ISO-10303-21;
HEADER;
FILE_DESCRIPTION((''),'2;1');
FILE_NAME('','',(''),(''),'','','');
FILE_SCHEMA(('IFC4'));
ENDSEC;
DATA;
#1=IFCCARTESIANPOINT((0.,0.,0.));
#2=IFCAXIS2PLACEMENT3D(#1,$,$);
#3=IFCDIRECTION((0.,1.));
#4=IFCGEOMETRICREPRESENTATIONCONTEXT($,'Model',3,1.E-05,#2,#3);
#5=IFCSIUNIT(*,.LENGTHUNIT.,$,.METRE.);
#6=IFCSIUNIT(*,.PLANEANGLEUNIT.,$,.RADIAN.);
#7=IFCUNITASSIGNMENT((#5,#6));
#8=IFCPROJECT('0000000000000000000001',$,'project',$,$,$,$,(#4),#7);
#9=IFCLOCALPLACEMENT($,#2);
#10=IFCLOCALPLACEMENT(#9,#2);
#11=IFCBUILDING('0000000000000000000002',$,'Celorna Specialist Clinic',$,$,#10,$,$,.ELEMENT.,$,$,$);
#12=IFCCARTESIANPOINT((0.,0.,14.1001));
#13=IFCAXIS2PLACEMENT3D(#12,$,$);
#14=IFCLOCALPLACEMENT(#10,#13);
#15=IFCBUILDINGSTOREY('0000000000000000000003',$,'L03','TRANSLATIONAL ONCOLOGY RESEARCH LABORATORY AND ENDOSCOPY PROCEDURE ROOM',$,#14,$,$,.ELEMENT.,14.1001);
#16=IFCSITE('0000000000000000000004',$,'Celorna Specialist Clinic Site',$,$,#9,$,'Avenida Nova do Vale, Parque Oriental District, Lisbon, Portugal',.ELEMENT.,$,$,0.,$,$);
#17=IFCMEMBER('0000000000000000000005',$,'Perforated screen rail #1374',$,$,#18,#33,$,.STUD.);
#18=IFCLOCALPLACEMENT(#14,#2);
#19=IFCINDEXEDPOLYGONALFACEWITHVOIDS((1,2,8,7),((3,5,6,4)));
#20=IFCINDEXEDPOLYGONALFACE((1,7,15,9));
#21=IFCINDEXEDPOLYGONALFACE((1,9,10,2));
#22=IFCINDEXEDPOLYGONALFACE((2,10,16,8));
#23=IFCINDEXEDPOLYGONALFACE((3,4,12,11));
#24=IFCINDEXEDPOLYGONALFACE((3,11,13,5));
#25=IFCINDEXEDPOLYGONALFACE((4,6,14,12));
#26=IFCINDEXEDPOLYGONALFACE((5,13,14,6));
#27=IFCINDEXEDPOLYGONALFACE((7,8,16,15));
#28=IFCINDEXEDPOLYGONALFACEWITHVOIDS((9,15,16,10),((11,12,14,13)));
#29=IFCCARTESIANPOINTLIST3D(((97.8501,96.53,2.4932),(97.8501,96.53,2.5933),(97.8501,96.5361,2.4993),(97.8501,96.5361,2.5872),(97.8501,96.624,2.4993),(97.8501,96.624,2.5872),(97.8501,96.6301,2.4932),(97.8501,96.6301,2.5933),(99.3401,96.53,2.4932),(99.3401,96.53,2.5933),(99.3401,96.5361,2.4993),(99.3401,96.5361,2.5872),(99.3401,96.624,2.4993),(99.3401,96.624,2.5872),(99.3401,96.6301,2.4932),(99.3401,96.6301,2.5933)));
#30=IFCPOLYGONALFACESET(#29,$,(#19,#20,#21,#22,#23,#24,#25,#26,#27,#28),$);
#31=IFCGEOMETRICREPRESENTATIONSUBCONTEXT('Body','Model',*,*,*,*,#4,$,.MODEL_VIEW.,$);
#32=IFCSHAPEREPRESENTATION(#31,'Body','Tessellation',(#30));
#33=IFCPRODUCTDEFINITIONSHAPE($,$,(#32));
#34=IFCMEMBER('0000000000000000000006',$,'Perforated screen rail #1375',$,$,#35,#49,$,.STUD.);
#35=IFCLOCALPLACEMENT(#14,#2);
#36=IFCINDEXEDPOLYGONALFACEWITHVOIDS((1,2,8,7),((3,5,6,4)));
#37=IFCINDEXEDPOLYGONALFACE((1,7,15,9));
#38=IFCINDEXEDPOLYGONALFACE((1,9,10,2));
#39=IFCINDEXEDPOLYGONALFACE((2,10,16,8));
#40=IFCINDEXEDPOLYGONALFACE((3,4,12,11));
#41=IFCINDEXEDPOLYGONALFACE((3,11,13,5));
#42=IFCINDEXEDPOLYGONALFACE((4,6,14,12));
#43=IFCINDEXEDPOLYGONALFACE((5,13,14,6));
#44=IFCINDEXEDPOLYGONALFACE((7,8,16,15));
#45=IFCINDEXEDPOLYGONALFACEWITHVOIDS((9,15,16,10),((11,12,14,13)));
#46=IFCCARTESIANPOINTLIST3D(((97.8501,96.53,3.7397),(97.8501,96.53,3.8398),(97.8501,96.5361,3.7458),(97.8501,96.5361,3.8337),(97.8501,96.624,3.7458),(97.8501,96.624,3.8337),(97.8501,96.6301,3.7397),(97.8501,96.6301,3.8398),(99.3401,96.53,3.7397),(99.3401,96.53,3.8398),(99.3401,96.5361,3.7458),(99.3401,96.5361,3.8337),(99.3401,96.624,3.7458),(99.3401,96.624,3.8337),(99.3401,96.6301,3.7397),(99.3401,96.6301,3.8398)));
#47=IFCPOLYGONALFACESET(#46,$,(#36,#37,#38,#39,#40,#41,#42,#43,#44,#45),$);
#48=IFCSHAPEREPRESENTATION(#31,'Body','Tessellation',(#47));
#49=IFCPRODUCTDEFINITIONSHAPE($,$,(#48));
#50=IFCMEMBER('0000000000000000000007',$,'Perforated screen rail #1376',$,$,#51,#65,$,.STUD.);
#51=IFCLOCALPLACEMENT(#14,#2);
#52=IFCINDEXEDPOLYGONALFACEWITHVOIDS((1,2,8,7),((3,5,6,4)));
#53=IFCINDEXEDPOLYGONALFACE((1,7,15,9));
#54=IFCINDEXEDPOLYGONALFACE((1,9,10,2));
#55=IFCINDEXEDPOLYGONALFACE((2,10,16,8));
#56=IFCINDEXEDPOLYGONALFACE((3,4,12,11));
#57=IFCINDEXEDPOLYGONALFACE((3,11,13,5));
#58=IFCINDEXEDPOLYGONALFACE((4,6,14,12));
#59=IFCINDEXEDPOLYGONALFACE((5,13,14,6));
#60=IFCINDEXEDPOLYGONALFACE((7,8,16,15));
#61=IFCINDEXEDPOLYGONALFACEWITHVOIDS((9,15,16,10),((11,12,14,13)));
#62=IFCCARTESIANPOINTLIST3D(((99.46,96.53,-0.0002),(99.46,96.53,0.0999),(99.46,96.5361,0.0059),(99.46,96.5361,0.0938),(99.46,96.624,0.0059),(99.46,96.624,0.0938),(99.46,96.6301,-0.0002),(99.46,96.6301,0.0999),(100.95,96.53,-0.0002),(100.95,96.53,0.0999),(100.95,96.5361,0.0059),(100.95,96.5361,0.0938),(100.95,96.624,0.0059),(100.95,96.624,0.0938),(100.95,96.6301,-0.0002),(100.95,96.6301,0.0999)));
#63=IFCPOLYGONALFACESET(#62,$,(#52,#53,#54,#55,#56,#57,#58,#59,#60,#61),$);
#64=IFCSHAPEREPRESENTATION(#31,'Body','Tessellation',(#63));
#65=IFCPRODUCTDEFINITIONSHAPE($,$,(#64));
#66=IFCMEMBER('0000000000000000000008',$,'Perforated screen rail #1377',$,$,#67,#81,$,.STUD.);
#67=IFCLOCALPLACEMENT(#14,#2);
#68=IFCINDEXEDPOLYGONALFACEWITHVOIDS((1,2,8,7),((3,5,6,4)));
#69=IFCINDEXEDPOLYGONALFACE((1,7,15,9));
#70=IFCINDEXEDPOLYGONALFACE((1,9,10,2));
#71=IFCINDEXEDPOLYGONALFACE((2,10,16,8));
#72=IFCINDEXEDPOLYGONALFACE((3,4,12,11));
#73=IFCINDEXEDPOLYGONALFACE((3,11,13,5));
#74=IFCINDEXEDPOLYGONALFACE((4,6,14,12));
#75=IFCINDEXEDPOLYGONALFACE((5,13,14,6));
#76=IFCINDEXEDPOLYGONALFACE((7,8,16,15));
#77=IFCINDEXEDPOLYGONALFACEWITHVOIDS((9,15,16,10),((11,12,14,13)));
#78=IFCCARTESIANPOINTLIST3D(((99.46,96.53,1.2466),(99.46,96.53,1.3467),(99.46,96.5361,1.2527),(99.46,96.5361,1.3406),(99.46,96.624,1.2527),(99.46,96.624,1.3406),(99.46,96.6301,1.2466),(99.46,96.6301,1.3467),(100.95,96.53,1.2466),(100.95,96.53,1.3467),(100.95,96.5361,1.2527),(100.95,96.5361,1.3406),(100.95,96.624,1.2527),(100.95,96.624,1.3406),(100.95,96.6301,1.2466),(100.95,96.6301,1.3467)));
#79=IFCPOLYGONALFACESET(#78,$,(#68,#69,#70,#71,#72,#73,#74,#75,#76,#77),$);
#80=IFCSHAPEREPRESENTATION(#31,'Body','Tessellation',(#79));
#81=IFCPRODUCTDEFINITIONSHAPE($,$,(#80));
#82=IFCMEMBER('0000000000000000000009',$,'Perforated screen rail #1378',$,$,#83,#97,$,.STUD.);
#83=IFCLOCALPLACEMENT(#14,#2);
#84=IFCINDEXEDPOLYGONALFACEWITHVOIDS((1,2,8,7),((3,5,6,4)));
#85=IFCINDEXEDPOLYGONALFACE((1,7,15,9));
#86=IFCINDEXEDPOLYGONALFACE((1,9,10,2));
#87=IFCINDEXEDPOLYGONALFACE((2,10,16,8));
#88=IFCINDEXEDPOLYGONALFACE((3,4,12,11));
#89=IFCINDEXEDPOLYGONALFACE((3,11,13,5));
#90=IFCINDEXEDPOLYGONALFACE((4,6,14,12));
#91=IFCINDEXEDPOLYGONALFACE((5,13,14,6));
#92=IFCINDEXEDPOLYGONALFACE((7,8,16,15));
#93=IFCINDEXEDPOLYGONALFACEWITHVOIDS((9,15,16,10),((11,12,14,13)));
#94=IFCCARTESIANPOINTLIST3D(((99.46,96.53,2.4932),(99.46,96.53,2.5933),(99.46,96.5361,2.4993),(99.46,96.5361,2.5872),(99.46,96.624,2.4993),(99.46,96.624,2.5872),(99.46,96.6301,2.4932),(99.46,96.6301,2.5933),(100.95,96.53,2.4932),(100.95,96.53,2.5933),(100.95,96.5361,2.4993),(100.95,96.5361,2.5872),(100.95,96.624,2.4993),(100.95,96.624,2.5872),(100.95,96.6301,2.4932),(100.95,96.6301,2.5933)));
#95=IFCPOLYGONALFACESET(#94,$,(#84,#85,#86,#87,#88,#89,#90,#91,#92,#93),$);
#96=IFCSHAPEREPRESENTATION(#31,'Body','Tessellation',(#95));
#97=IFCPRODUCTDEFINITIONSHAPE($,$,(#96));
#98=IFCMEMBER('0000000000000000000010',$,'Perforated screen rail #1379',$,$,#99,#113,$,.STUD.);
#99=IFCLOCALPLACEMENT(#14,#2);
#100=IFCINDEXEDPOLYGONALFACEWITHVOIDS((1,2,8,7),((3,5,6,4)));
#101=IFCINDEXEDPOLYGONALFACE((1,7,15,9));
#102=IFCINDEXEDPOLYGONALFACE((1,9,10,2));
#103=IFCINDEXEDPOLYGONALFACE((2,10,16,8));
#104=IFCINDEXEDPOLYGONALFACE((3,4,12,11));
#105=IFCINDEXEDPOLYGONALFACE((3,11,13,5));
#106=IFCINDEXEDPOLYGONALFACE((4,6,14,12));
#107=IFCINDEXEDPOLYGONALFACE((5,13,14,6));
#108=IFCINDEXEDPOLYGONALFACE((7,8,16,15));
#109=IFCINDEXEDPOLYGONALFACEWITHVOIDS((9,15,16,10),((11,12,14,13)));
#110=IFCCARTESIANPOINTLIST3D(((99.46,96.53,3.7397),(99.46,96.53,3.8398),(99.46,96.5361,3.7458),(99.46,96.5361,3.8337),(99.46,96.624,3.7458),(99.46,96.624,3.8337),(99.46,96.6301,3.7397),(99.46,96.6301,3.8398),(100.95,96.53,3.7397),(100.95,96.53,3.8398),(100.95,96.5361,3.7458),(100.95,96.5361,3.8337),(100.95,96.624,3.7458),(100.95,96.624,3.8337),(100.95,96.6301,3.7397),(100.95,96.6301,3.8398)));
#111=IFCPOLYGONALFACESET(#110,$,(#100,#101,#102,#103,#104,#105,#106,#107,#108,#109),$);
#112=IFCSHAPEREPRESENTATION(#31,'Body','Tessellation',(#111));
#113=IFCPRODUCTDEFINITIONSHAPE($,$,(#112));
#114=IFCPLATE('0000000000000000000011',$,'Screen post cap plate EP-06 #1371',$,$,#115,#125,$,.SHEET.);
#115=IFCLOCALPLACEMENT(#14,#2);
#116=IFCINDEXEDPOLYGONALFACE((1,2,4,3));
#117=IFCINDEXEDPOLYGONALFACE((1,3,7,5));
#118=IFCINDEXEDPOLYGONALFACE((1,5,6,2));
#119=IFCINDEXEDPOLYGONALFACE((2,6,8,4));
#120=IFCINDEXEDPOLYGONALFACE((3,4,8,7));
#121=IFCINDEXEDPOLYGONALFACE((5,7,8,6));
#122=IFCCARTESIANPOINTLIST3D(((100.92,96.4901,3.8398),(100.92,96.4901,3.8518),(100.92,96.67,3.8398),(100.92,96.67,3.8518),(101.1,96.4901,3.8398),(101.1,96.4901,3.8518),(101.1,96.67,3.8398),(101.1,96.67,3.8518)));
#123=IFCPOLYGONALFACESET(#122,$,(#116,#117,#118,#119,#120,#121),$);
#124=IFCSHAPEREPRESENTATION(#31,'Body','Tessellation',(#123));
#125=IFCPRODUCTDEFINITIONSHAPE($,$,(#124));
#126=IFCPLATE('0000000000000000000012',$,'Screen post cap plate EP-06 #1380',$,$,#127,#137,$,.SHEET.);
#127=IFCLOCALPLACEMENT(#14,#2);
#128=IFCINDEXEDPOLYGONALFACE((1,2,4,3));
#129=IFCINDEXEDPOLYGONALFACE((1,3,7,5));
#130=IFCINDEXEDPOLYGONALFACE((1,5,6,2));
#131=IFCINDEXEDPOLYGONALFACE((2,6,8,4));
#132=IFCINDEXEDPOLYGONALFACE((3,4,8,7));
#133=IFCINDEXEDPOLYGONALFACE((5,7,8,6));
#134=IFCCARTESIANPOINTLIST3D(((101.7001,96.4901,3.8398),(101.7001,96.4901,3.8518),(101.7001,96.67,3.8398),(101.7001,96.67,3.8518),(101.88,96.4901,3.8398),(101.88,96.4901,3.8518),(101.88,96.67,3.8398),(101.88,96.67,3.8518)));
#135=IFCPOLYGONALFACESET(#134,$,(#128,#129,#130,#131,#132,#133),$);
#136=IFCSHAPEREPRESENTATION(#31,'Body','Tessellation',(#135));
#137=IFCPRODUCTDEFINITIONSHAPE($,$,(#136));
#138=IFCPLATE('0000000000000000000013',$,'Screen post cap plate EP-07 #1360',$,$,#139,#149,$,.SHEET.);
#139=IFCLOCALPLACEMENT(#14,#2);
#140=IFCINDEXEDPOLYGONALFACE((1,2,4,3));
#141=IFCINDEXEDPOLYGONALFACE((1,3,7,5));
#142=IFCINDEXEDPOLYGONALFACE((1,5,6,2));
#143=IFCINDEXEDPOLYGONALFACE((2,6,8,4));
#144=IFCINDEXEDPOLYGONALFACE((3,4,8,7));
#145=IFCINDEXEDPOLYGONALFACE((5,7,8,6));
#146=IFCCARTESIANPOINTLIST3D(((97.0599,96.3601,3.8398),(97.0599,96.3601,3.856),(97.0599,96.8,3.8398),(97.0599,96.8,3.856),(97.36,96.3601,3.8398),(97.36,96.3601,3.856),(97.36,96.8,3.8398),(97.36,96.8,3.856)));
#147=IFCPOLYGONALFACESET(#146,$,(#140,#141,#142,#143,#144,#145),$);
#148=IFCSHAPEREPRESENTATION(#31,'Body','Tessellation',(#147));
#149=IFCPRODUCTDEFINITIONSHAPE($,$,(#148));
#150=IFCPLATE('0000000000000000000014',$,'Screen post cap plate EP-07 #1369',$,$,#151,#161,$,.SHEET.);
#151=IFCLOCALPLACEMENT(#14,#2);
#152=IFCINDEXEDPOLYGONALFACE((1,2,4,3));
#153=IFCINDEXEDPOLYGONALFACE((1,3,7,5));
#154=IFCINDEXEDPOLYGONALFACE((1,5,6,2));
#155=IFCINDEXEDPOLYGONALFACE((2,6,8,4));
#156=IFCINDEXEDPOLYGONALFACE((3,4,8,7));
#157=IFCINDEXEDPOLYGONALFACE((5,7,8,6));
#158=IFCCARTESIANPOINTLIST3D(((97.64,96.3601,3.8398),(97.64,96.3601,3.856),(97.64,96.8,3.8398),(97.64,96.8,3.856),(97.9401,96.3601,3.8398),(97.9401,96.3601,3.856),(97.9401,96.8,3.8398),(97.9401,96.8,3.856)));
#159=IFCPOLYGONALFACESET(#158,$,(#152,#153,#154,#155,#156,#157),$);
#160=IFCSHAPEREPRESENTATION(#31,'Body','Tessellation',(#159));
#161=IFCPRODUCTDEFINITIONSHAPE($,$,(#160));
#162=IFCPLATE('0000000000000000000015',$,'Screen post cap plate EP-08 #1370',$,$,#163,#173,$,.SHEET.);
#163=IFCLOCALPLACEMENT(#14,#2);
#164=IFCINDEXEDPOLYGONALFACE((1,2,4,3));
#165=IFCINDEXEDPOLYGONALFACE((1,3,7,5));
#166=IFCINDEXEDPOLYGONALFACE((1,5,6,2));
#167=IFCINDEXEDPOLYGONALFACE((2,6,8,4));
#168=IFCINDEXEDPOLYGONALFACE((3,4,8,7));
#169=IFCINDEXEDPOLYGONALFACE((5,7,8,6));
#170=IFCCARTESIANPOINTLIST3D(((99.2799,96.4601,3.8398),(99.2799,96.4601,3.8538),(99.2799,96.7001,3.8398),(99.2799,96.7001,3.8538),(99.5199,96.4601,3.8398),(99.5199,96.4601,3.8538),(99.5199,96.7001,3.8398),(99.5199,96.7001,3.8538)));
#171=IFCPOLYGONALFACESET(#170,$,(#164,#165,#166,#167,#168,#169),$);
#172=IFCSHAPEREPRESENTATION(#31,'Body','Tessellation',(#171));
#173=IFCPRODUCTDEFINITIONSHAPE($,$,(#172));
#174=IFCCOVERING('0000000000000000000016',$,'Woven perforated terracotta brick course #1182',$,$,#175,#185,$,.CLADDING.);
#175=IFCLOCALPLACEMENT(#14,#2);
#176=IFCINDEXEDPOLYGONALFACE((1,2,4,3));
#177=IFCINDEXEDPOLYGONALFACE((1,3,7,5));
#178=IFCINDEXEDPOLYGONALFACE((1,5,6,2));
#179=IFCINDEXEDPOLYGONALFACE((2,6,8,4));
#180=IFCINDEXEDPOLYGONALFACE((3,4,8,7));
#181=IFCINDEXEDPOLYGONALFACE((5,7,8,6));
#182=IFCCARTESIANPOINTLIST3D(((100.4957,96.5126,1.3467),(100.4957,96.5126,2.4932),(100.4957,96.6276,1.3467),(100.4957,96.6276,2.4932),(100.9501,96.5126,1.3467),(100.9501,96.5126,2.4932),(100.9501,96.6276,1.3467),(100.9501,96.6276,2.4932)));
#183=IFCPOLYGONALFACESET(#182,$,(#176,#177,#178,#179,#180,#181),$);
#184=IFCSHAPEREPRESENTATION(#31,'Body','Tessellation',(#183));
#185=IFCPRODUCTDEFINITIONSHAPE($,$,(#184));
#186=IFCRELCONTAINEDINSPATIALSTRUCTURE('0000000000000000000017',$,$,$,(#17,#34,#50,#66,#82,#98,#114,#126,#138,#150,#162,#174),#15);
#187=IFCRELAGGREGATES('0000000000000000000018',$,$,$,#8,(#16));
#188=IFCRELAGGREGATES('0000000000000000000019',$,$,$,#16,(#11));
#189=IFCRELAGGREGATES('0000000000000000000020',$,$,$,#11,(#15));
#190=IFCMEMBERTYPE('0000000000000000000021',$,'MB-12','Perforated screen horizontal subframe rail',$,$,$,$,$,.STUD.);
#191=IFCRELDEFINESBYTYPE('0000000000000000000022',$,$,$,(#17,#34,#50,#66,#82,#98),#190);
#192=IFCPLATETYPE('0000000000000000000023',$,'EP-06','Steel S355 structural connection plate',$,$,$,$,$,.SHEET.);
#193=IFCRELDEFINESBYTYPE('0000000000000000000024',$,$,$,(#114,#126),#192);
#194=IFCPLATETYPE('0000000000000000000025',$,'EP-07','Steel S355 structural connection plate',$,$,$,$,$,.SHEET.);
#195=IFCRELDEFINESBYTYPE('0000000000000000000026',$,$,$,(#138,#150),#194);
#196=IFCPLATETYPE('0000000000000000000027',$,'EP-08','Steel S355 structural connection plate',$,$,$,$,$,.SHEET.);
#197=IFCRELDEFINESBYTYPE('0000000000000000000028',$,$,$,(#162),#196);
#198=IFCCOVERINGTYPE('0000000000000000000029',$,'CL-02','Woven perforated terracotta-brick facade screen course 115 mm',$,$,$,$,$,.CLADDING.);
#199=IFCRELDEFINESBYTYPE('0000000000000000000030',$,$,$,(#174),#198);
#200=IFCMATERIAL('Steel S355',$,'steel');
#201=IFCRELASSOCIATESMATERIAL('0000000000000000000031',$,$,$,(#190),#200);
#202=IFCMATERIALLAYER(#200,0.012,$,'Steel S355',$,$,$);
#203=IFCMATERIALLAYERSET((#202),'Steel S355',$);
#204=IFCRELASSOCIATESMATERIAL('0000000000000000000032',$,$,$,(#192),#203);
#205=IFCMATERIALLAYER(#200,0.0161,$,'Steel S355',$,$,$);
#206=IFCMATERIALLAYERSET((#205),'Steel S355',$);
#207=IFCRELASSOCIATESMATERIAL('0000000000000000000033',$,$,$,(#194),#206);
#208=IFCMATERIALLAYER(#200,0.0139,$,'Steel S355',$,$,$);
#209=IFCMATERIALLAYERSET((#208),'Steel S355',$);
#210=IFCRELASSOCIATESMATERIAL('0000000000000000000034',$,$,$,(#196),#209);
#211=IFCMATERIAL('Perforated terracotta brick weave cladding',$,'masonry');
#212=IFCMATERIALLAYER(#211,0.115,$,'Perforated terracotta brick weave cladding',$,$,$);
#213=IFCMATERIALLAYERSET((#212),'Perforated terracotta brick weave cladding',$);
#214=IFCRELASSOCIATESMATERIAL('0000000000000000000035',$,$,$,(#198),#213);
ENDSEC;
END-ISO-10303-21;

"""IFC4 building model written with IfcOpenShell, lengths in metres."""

from ifc_helpers import new_model, si_unit, direction, frame, origin, origin_2d, place, context, subcontext, project, spatial, rectangle, hollow_rectangle, extrude, material, layer, layer_set, material_profile, profile_set, type_object, element, save


model = new_model("IFC4")

# Units and contexts
model_context = context("Model", 3, precision=1e-05, world=origin(), true_north=direction((0.0, 1.0)))
body_context = subcontext(model_context, "Body", "Model", "MODEL_VIEW")
ifc_project = project(units=[si_unit("LENGTHUNIT", "METRE"), si_unit("PLANEANGLEUNIT", "RADIAN")], contexts=[model_context])

# Site, building, storey
site_placement = place(None, origin())
site = spatial("IfcSite", under=ifc_project, at=site_placement, Name="Celorna Specialist Clinic Site", LongName="Avenida Nova do Vale, Parque Oriental District, Lisbon, Portugal", CompositionType="ELEMENT", RefElevation=0.0)
building_placement = place(site_placement, origin())
building = spatial("IfcBuilding", under=site, at=building_placement, Name="Celorna Specialist Clinic", CompositionType="ELEMENT")
storey_placement = place(building_placement, frame((0.0, 0.0, 14.1001)))
storey = spatial("IfcBuildingStorey", under=building, at=storey_placement, Name="L03", Description="TRANSLATIONAL ONCOLOGY RESEARCH LABORATORY AND ENDOSCOPY PROCEDURE ROOM", CompositionType="ELEMENT", Elevation=14.1001)

# Shared definitions
ifc_material_1 = material(Name="Steel S355", Category="steel")

# Members
ifc_material_profile_1 = material_profile(ifc_material_1, hollow_rectangle(XDim=0.1001, YDim=0.1001, WallThickness=0.0061, at=origin_2d()), Name="SHS 100x100x6")
ifc_profile_set_1 = profile_set([ifc_material_profile_1], Name="Steel S355")
member_type_1 = type_object("IfcMemberType", Name="MB-12", Description="Perforated screen horizontal subframe rail", PredefinedType="STUD", material=ifc_profile_set_1)
for number, where, z_axis, x_axis, name in (
    (1, (97.8501, 96.5801, 2.5432), (1.0, 0.0, 0.0), (0.0, 1.0, 0.0), "Perforated screen rail #1374"),
    (2, (97.8501, 96.5801, 3.7898), (1.0, 0.0, 0.0), (0.0, 1.0, 0.0), "Perforated screen rail #1375"),
    (3, (99.46, 96.5801, 0.0498), (1.0, 0.0, 0.0), (0.0, 1.0, 0.0), "Perforated screen rail #1376"),
    (4, (99.46, 96.5801, 1.2966), (1.0, 0.0, 0.0), (0.0, 1.0, 0.0), "Perforated screen rail #1377"),
    (5, (99.46, 96.5801, 2.5432), (1.0, 0.0, 0.0), (0.0, 1.0, 0.0), "Perforated screen rail #1378"),
    (6, (99.46, 96.5801, 3.7898), (1.0, 0.0, 0.0), (0.0, 1.0, 0.0), "Perforated screen rail #1379"),
):
    element("IfcMember", number, at=place(storey_placement, frame(where, z_axis=z_axis, x_axis=x_axis)), inside=storey, type_object=member_type_1, Name=name, PredefinedType="STUD", context=body_context, shape_type="SweptSolid", body=[
        extrude(hollow_rectangle(XDim=0.1001, YDim=0.1001, WallThickness=0.0061, at=origin_2d()), origin(), (0.0, 0.0, 1.0), 1.49),
    ])

# Plates
ifc_layer_1 = layer(ifc_material_1, 0.012, Name="Steel S355")
ifc_layer_set_1 = layer_set([ifc_layer_1], Name="Steel S355")
plate_type_1 = type_object("IfcPlateType", Name="EP-06", Description="Steel S355 structural connection plate", PredefinedType="SHEET", material=ifc_layer_set_1)
for number, where, z_axis, x_axis, name in (
    (7, (101.01, 96.5801, 3.8398), (0.0, 0.0, 1.0), (1.0, 0.0, 0.0), "Screen post cap plate EP-06 #1371"),
    (8, (101.79, 96.5801, 3.8398), (0.0, 0.0, 1.0), (1.0, 0.0, 0.0), "Screen post cap plate EP-06 #1380"),
):
    element("IfcPlate", number, at=place(storey_placement, frame(where, z_axis=z_axis, x_axis=x_axis)), inside=storey, type_object=plate_type_1, Name=name, PredefinedType="SHEET", context=body_context, shape_type="SweptSolid", body=[
        extrude(rectangle(XDim=0.1799, YDim=0.1799, at=origin_2d()), origin(), (0.0, 0.0, 1.0), 0.012),
    ])
ifc_layer_2 = layer(ifc_material_1, 0.0161, Name="Steel S355")
ifc_layer_set_2 = layer_set([ifc_layer_2], Name="Steel S355")
plate_type_2 = type_object("IfcPlateType", Name="EP-07", Description="Steel S355 structural connection plate", PredefinedType="SHEET", material=ifc_layer_set_2)
for number, where, z_axis, x_axis, name in (
    (9, (97.21, 96.5801, 3.8398), (0.0, 0.0, 1.0), (1.0, 0.0, 0.0), "Screen post cap plate EP-07 #1360"),
    (10, (97.79, 96.5801, 3.8398), (0.0, 0.0, 1.0), (1.0, 0.0, 0.0), "Screen post cap plate EP-07 #1369"),
):
    element("IfcPlate", number, at=place(storey_placement, frame(where, z_axis=z_axis, x_axis=x_axis)), inside=storey, type_object=plate_type_2, Name=name, PredefinedType="SHEET", context=body_context, shape_type="SweptSolid", body=[
        extrude(rectangle(XDim=0.3, YDim=0.4399, at=origin_2d()), origin(), (0.0, 0.0, 1.0), 0.0161),
    ])
ifc_layer_3 = layer(ifc_material_1, 0.0139, Name="Steel S355")
ifc_layer_set_3 = layer_set([ifc_layer_3], Name="Steel S355")
plate_type_3 = type_object("IfcPlateType", Name="EP-08", Description="Steel S355 structural connection plate", PredefinedType="SHEET", material=ifc_layer_set_3)
plate_placement = place(storey_placement, frame((99.3999, 96.5801, 3.8398), z_axis=(0.0, 0.0, 1.0), x_axis=(1.0, 0.0, 0.0)))
element("IfcPlate", 11, at=plate_placement, inside=storey, type_object=plate_type_3, Name="Screen post cap plate EP-08 #1370", PredefinedType="SHEET", context=body_context, shape_type="SweptSolid", body=[
    extrude(rectangle(XDim=0.24, YDim=0.24, at=origin_2d()), origin(), (0.0, 0.0, 1.0), 0.0139),
])

# Covering
ifc_material_2 = material(Name="Perforated terracotta brick weave cladding", Category="masonry")
ifc_layer_4 = layer(ifc_material_2, 0.115, Name="Perforated terracotta brick weave cladding")
ifc_layer_set_4 = layer_set([ifc_layer_4], Name="Perforated terracotta brick weave cladding")
covering_type = type_object("IfcCoveringType", Name="CL-02", Description="Woven perforated terracotta-brick facade screen course 115 mm", PredefinedType="CLADDING", material=ifc_layer_set_4)
covering_placement = place(storey_placement, frame((100.7229, 96.5701, 1.3467), z_axis=(0.0, 0.0, 1.0), x_axis=(1.0, 0.0, 0.0)))
element("IfcCovering", 12, at=covering_placement, inside=storey, type_object=covering_type, Name="Woven perforated terracotta brick course #1182", PredefinedType="CLADDING", context=body_context, shape_type="SweptSolid", body=[
    extrude(rectangle(XDim=0.4543, YDim=0.115, at=origin_2d()), origin(), (0.0, 0.0, 1.0), 1.1465),
])

save(model, "model.ifc")
